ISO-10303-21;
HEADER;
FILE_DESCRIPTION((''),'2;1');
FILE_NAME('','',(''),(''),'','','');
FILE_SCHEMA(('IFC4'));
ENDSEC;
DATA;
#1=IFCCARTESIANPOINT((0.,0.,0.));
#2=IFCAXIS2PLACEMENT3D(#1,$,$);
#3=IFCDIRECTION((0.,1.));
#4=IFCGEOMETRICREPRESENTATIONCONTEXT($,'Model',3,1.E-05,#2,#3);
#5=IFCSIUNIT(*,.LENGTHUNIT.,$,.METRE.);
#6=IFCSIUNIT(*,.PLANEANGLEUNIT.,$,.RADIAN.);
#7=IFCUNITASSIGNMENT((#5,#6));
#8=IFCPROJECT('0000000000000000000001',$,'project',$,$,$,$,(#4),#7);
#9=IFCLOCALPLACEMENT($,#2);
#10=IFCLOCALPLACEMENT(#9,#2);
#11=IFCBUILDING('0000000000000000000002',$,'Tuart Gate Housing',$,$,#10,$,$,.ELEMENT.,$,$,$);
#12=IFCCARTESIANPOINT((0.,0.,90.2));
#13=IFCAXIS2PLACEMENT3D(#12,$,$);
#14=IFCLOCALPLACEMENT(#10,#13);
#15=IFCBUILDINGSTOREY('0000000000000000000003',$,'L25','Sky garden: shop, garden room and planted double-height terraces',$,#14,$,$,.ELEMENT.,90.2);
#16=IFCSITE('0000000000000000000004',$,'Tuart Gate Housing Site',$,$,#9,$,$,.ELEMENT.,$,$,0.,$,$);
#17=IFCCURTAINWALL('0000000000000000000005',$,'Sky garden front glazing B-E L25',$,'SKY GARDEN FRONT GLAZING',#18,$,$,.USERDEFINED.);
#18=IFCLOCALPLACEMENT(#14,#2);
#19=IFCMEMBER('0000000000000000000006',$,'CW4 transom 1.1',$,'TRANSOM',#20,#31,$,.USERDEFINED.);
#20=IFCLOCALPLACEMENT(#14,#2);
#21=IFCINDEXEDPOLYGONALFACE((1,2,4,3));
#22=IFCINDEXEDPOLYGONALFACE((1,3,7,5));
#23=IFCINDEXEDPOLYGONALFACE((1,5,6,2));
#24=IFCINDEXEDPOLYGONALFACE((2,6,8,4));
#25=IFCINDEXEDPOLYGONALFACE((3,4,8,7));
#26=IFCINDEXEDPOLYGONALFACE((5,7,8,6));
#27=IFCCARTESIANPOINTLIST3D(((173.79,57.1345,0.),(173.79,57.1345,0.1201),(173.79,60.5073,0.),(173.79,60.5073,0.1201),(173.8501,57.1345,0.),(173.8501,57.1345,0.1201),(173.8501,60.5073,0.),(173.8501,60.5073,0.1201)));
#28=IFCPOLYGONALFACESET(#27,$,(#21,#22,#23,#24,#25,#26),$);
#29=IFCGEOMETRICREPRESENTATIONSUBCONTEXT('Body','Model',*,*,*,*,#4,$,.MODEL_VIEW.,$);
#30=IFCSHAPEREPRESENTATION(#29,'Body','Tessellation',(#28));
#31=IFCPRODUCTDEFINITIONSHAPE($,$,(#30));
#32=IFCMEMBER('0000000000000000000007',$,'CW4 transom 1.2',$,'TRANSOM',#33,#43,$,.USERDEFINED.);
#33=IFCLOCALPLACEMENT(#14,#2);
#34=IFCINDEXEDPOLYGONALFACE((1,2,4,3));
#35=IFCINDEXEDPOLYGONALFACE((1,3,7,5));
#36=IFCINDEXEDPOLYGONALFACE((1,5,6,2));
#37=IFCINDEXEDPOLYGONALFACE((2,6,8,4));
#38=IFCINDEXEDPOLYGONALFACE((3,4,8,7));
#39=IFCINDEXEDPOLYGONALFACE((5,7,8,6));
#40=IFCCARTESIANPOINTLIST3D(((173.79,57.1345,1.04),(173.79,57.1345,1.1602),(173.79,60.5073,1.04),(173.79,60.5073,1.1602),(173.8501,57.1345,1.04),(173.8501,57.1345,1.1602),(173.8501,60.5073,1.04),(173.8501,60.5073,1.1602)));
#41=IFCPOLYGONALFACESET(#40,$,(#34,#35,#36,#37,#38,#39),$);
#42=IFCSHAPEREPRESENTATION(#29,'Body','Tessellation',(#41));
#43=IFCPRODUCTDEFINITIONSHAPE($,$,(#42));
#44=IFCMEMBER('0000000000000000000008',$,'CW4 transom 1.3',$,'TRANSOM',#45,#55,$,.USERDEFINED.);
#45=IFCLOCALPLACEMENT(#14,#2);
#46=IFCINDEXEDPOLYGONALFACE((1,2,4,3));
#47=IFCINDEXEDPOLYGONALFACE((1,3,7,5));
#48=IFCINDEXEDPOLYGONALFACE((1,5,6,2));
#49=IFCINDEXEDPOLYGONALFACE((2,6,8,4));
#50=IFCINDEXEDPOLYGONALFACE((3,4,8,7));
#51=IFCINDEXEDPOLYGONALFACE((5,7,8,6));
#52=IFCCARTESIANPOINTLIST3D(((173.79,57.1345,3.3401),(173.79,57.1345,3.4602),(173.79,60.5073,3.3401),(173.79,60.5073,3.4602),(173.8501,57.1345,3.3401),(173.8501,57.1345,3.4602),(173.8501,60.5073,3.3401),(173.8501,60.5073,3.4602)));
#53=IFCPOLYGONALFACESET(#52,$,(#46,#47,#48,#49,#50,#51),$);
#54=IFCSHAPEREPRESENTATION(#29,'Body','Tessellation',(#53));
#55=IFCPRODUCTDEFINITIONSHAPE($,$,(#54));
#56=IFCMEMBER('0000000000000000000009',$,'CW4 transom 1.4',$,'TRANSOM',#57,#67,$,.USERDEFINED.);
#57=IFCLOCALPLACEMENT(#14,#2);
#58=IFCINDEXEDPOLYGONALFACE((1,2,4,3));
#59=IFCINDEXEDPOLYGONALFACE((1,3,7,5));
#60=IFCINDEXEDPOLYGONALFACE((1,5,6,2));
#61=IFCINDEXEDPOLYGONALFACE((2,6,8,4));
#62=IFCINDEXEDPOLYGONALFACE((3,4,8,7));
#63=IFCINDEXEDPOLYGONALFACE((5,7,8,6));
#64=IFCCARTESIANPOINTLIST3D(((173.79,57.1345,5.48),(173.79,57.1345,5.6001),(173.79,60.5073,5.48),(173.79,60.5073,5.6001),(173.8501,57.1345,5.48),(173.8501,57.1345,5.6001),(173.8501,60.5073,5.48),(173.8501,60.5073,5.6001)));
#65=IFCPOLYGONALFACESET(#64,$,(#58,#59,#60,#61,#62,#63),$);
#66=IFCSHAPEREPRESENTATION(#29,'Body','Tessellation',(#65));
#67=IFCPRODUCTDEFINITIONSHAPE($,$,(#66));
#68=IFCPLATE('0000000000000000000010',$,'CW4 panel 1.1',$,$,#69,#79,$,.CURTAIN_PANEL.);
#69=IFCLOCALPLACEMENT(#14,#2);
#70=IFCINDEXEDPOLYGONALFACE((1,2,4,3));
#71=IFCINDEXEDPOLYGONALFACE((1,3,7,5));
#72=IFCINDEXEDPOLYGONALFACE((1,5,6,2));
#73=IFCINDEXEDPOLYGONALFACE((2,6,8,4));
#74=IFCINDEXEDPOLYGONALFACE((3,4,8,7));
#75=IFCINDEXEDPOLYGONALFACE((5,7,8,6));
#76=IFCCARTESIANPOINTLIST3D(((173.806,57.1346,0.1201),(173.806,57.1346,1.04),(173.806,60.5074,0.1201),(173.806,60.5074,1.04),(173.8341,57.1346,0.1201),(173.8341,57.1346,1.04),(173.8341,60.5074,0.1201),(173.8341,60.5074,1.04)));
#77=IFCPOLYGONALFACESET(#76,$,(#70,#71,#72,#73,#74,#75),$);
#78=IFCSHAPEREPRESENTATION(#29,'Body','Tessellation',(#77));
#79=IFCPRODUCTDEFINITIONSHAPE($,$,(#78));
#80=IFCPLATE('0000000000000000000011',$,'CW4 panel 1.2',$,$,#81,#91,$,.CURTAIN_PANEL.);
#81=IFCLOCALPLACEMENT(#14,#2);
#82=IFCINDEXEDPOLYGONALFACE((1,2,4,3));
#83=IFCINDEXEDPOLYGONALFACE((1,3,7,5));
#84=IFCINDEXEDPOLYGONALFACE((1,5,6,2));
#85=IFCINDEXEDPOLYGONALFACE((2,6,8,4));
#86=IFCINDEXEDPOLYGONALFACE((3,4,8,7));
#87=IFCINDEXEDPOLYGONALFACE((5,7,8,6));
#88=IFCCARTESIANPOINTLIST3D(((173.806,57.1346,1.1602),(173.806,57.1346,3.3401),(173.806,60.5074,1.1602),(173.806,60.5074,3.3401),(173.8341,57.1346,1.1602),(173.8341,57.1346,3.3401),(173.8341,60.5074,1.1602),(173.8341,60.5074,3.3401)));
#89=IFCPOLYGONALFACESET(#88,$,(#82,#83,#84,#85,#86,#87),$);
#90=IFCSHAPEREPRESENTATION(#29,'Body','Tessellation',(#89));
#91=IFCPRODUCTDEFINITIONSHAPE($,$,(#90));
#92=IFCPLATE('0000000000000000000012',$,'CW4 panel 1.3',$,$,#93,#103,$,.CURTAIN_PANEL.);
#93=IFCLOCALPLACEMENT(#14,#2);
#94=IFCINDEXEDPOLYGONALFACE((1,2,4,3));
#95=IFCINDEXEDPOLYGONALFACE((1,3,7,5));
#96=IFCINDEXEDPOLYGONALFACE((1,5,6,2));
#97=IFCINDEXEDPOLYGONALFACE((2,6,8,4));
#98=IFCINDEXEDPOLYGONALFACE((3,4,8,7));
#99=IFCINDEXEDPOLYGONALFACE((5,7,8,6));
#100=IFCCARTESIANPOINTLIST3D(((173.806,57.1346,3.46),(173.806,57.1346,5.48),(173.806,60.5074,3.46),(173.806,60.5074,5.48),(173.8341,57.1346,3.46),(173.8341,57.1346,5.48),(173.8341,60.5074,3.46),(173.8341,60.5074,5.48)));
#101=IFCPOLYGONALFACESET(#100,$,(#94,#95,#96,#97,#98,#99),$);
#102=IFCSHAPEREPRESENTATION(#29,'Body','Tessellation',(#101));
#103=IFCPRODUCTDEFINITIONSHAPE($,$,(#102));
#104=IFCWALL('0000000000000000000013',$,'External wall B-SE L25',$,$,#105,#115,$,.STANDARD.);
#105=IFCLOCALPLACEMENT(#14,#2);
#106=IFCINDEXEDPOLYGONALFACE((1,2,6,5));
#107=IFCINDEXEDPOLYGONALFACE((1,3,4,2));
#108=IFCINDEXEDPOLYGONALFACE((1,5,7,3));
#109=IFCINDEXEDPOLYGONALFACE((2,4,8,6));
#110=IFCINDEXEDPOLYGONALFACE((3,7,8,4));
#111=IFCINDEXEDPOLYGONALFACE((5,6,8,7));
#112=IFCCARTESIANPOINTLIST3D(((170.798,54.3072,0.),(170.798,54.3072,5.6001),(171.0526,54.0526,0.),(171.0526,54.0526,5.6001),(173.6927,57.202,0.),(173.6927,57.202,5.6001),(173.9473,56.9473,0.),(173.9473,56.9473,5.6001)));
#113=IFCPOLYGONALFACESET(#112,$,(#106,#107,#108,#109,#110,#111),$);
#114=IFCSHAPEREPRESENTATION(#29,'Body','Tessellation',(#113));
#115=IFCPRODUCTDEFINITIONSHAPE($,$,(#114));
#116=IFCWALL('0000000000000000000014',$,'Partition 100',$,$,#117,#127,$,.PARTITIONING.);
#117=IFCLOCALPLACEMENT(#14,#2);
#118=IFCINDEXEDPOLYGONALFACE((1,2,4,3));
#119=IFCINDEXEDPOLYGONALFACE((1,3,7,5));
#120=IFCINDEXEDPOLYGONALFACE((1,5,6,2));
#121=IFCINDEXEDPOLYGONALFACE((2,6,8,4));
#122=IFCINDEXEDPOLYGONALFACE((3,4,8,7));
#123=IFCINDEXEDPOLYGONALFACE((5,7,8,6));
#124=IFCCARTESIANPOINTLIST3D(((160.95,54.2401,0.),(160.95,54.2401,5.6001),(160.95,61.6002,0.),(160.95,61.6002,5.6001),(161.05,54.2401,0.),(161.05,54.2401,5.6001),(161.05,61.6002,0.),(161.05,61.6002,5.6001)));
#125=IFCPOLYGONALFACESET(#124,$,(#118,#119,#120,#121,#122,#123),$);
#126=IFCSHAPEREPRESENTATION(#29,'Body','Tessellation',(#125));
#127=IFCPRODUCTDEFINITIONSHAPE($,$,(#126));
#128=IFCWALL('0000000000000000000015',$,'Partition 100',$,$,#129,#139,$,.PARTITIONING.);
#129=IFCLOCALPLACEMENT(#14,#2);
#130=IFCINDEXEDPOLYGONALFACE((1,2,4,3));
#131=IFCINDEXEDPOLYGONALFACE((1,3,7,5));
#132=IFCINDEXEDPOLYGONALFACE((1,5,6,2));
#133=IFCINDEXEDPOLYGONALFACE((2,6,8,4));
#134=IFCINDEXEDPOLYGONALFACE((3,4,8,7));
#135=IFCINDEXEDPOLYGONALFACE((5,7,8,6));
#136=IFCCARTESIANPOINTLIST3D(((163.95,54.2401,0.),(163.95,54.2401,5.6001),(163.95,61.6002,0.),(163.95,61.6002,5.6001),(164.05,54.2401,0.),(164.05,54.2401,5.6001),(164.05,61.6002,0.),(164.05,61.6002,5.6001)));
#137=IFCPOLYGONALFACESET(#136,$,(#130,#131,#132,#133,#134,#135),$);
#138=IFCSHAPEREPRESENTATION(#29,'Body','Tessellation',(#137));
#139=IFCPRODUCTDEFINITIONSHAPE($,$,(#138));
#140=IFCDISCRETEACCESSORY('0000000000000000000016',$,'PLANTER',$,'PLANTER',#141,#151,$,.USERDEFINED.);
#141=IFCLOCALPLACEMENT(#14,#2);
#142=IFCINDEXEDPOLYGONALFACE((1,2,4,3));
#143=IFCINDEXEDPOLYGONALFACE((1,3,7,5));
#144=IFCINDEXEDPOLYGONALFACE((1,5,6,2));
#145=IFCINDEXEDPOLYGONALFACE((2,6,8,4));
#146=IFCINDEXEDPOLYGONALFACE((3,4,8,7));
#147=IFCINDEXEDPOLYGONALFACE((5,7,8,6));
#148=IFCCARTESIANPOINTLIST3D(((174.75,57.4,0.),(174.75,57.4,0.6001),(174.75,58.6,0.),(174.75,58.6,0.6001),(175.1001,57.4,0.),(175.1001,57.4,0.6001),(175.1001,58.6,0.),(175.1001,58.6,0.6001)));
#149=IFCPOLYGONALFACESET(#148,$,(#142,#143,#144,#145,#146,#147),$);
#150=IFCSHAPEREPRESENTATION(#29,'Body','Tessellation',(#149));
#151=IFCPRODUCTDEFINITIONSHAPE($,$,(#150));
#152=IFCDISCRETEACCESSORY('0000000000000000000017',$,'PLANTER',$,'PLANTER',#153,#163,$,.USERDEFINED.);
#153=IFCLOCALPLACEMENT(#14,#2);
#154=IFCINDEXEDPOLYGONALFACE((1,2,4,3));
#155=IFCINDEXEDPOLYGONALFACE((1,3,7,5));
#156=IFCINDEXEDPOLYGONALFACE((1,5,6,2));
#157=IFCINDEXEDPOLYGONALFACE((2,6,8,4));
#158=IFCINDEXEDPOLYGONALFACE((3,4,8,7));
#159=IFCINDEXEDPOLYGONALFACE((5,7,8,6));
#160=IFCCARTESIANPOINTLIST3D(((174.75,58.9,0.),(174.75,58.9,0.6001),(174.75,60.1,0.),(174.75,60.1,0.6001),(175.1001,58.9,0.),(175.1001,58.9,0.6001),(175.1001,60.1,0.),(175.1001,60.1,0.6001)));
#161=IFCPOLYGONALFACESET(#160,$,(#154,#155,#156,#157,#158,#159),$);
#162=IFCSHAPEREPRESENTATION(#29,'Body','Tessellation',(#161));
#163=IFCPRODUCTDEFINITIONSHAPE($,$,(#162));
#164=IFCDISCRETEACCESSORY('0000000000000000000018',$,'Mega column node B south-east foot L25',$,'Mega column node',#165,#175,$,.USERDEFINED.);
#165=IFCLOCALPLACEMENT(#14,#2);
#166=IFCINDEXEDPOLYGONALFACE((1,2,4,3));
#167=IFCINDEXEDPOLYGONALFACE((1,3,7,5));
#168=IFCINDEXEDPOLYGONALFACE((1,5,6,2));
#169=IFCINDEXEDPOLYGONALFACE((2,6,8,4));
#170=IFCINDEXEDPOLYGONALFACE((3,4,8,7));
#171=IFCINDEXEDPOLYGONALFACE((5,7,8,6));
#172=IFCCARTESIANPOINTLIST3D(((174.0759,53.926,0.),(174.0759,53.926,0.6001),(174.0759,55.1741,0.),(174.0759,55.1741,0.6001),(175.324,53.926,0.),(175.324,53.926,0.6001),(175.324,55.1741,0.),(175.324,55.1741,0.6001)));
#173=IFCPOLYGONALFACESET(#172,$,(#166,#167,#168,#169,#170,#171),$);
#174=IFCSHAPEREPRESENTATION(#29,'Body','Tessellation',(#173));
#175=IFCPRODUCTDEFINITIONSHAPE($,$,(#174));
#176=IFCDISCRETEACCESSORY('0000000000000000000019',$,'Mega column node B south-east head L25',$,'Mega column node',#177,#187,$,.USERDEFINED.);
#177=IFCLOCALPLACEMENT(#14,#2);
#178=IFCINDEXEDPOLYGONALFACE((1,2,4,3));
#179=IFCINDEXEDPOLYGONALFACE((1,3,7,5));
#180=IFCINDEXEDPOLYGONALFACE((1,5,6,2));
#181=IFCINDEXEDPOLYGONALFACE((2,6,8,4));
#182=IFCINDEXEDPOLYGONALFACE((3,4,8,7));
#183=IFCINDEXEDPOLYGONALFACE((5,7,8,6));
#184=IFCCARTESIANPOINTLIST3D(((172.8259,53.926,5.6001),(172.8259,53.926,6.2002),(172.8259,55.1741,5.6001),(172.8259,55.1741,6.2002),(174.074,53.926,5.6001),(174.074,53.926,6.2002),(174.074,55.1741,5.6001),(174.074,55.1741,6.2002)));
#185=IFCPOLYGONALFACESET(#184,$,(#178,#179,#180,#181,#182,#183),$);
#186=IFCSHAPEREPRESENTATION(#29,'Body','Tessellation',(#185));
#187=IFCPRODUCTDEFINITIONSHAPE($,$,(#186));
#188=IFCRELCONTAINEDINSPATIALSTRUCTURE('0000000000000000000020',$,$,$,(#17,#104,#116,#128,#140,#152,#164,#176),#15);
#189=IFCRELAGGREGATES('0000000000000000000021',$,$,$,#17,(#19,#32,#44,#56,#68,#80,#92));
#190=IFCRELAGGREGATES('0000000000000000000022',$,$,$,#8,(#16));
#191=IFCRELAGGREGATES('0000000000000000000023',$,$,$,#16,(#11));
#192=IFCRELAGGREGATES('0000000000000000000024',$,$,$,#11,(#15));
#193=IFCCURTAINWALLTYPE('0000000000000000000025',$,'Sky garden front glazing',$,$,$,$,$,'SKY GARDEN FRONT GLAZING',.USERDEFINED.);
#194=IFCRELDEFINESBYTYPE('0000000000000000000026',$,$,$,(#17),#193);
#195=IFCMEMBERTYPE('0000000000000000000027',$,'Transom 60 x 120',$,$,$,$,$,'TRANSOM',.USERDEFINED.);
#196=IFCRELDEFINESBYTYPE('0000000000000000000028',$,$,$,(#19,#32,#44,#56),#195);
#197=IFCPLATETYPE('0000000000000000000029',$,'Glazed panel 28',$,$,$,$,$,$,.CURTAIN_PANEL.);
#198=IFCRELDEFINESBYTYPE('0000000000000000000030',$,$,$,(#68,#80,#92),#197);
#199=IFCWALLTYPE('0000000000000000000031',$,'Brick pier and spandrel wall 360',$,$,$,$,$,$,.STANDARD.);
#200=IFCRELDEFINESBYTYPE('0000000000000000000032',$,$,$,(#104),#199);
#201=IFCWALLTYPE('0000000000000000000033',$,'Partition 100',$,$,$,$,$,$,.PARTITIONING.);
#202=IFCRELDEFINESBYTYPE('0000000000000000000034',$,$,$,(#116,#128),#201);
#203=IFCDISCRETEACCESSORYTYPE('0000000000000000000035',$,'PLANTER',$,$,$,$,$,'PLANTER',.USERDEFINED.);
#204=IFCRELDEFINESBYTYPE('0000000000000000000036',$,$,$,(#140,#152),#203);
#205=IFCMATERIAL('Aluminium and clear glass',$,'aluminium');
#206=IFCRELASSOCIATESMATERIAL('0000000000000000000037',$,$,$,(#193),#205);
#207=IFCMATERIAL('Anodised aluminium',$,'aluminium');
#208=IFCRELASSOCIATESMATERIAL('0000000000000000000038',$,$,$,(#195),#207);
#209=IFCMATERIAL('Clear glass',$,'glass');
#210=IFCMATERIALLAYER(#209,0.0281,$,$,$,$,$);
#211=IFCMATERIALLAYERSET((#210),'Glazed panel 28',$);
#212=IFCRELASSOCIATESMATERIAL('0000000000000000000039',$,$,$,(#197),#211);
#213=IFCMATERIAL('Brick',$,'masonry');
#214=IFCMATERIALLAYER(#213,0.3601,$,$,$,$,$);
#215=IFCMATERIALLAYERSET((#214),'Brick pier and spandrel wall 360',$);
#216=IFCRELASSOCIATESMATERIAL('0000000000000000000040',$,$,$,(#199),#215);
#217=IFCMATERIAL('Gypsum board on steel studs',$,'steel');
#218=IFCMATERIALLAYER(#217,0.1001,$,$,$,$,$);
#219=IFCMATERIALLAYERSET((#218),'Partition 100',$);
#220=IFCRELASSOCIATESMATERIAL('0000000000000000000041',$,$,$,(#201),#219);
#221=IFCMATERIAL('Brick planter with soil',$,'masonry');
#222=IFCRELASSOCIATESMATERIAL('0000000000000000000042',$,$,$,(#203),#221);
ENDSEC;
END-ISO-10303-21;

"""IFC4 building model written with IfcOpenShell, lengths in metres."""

from ifc_helpers import new_model, si_unit, direction, frame, frame_2d, origin, origin_2d, place, context, subcontext, project, spatial, rectangle, extrude, material, layer, layer_set, material_profile, profile_set, type_object, element, aggregate, save


model = new_model("IFC4")

# Units and contexts
model_context = context("Model", 3, precision=1e-05, world=origin(), true_north=direction((0.0, 1.0)))
body_context = subcontext(model_context, "Body", "Model", "MODEL_VIEW")
ifc_project = project(units=[si_unit("LENGTHUNIT", "METRE"), si_unit("PLANEANGLEUNIT", "RADIAN")], contexts=[model_context])

# Site, building, storey
site_placement = place(None, origin())
site = spatial("IfcSite", under=ifc_project, at=site_placement, Name="Tuart Gate Housing Site", CompositionType="ELEMENT", RefElevation=0.0)
building_placement = place(site_placement, origin())
building = spatial("IfcBuilding", under=site, at=building_placement, Name="Tuart Gate Housing", CompositionType="ELEMENT")
storey_placement = place(building_placement, frame((0.0, 0.0, 90.2)))
storey = spatial("IfcBuildingStorey", under=building, at=storey_placement, Name="L25", Description="Sky garden: shop, garden room and planted double-height terraces", CompositionType="ELEMENT", Elevation=90.2)

# Curtain wall
ifc_material_1 = material(Name="Aluminium and clear glass", Category="aluminium")
curtain_wall_type = type_object("IfcCurtainWallType", Name="Sky garden front glazing", ElementType="SKY GARDEN FRONT GLAZING", PredefinedType="USERDEFINED", material=ifc_material_1)
curtain_wall_placement = place(storey_placement, origin())
curtain_wall = element("IfcCurtainWall", 1, at=curtain_wall_placement, inside=storey, type_object=curtain_wall_type, Name="Sky garden front glazing B-E L25", ObjectType="SKY GARDEN FRONT GLAZING", PredefinedType="USERDEFINED")

# Members
ifc_material_2 = material(Name="Anodised aluminium", Category="aluminium")
ifc_material_profile_1 = material_profile(ifc_material_2, rectangle(XDim=0.0601, YDim=0.1201, at=origin_2d()), Name="60x120")
ifc_profile_set_1 = profile_set([ifc_material_profile_1], Name="Anodised aluminium")
member_type_1 = type_object("IfcMemberType", Name="Transom 60 x 120", ElementType="TRANSOM", PredefinedType="USERDEFINED", material=ifc_profile_set_1)
member_1_placement = place(storey_placement, frame((173.8201, 57.1345, 0.0601), z_axis=(0.0, 1.0, 0.0), x_axis=(-1.0, 0.0, 0.0)))
member_1 = element("IfcMember", 2, at=member_1_placement, type_object=member_type_1, Name="CW4 transom 1.1", ObjectType="TRANSOM", PredefinedType="USERDEFINED", context=body_context, shape_type="SweptSolid", body=[
    extrude(rectangle(XDim=0.0601, YDim=0.1201, at=origin_2d()), origin(), (0.0, 0.0, 1.0), 3.3728),
])
member_2_placement = place(storey_placement, frame((173.8201, 57.1345, 1.1001), z_axis=(0.0, 1.0, 0.0), x_axis=(-1.0, 0.0, 0.0)))
member_2 = element("IfcMember", 3, at=member_2_placement, type_object=member_type_1, Name="CW4 transom 1.2", ObjectType="TRANSOM", PredefinedType="USERDEFINED", context=body_context, shape_type="SweptSolid", body=[
    extrude(rectangle(XDim=0.0601, YDim=0.1201, at=origin_2d()), origin(), (0.0, 0.0, 1.0), 3.3728),
])
member_3_placement = place(storey_placement, frame((173.8201, 57.1345, 3.4001), z_axis=(0.0, 1.0, 0.0), x_axis=(-1.0, 0.0, 0.0)))
member_3 = element("IfcMember", 4, at=member_3_placement, type_object=member_type_1, Name="CW4 transom 1.3", ObjectType="TRANSOM", PredefinedType="USERDEFINED", context=body_context, shape_type="SweptSolid", body=[
    extrude(rectangle(XDim=0.0601, YDim=0.1201, at=origin_2d()), origin(), (0.0, 0.0, 1.0), 3.3728),
])
member_4_placement = place(storey_placement, frame((173.8201, 57.1345, 5.54), z_axis=(0.0, 1.0, 0.0), x_axis=(-1.0, 0.0, 0.0)))
member_4 = element("IfcMember", 5, at=member_4_placement, type_object=member_type_1, Name="CW4 transom 1.4", ObjectType="TRANSOM", PredefinedType="USERDEFINED", context=body_context, shape_type="SweptSolid", body=[
    extrude(rectangle(XDim=0.0601, YDim=0.1201, at=origin_2d()), origin(), (0.0, 0.0, 1.0), 3.3728),
])

# Plates
ifc_material_3 = material(Name="Clear glass", Category="glass")
ifc_layer_1 = layer(ifc_material_3, 0.0281)
ifc_layer_set_1 = layer_set([ifc_layer_1], Name="Glazed panel 28")
plate_type = type_object("IfcPlateType", Name="Glazed panel 28", PredefinedType="CURTAIN_PANEL", material=ifc_layer_set_1)
plate_1_placement = place(storey_placement, frame((173.8201, 58.821, 0.1201), z_axis=(0.0, 0.0, 1.0), x_axis=(0.0, 1.0, 0.0)))
plate_1 = element("IfcPlate", 6, at=plate_1_placement, type_object=plate_type, Name="CW4 panel 1.1", PredefinedType="CURTAIN_PANEL", context=body_context, shape_type="SweptSolid", body=[
    extrude(rectangle(XDim=3.3728, YDim=0.0281, at=origin_2d()), origin(), (0.0, 0.0, 1.0), 0.9199),
])
plate_2_placement = place(storey_placement, frame((173.8201, 58.821, 1.1602), z_axis=(0.0, 0.0, 1.0), x_axis=(0.0, 1.0, 0.0)))
plate_2 = element("IfcPlate", 7, at=plate_2_placement, type_object=plate_type, Name="CW4 panel 1.2", PredefinedType="CURTAIN_PANEL", context=body_context, shape_type="SweptSolid", body=[
    extrude(rectangle(XDim=3.3728, YDim=0.0281, at=origin_2d()), origin(), (0.0, 0.0, 1.0), 2.1799),
])
plate_3_placement = place(storey_placement, frame((173.8201, 58.821, 3.46), z_axis=(0.0, 0.0, 1.0), x_axis=(0.0, 1.0, 0.0)))
plate_3 = element("IfcPlate", 8, at=plate_3_placement, type_object=plate_type, Name="CW4 panel 1.3", PredefinedType="CURTAIN_PANEL", context=body_context, shape_type="SweptSolid", body=[
    extrude(rectangle(XDim=3.3728, YDim=0.0281, at=origin_2d()), origin(), (0.0, 0.0, 1.0), 2.02),
])
aggregate(curtain_wall, [member_1, member_2, member_3, member_4, plate_1, plate_2, plate_3])

# Walls
ifc_material_4 = material(Name="Brick", Category="masonry")
ifc_layer_2 = layer(ifc_material_4, 0.3601)
ifc_layer_set_2 = layer_set([ifc_layer_2], Name="Brick pier and spandrel wall 360")
wall_type_1 = type_object("IfcWallType", Name="Brick pier and spandrel wall 360", PredefinedType="STANDARD", material=ifc_layer_set_2)
wall_placement = place(storey_placement, frame((170.9253, 54.1799, 0.0), z_axis=(0.0, 0.0, 1.0), x_axis=(0.707107, 0.707107, 0.0)))
element("IfcWall", 9, at=wall_placement, inside=storey, type_object=wall_type_1, Name="External wall B-SE L25", PredefinedType="STANDARD", context=body_context, shape_type="SweptSolid", body=[
    extrude(rectangle(XDim=4.0938, YDim=0.3601, at=frame_2d((2.0469, 0.0))), origin(), (0.0, 0.0, 1.0), 5.6001),
])
ifc_material_5 = material(Name="Gypsum board on steel studs", Category="steel")
ifc_layer_3 = layer(ifc_material_5, 0.1001)
ifc_layer_set_3 = layer_set([ifc_layer_3], Name="Partition 100")
wall_type_2 = type_object("IfcWallType", Name="Partition 100", PredefinedType="PARTITIONING", material=ifc_layer_set_3)
for number, where, z_axis, x_axis, name in (
    (10, (161.0, 54.24, 0.0), (0.0, 0.0, 1.0), (0.0, 1.0, 0.0), "Partition 100"),
    (11, (164.0, 54.24, 0.0), (0.0, 0.0, 1.0), (0.0, 1.0, 0.0), "Partition 100"),
):
    element("IfcWall", number, at=place(storey_placement, frame(where, z_axis=z_axis, x_axis=x_axis)), inside=storey, type_object=wall_type_2, Name=name, PredefinedType="PARTITIONING", context=body_context, shape_type="SweptSolid", body=[
        extrude(rectangle(XDim=7.3601, YDim=0.1001, at=frame_2d((3.6802, 0.0))), origin(), (0.0, 0.0, 1.0), 5.6001),
    ])

# Discrete accessories
ifc_material_6 = material(Name="Brick planter with soil", Category="masonry")
discrete_accessory_type = type_object("IfcDiscreteAccessoryType", Name="PLANTER", ElementType="PLANTER", PredefinedType="USERDEFINED", material=ifc_material_6)
for number, where, z_axis, x_axis, name in (
    (12, (174.925, 58.0, 0.0), (0.0, 0.0, 1.0), (1.0, 0.0, 0.0), "PLANTER"),
    (13, (174.925, 59.5, 0.0), (0.0, 0.0, 1.0), (1.0, 0.0, 0.0), "PLANTER"),
):
    element("IfcDiscreteAccessory", number, at=place(storey_placement, frame(where, z_axis=z_axis, x_axis=x_axis)), inside=storey, type_object=discrete_accessory_type, Name=name, ObjectType="PLANTER", PredefinedType="USERDEFINED", context=body_context, shape_type="SweptSolid", body=[
        extrude(rectangle(XDim=0.3501, YDim=1.2, at=origin_2d()), origin(), (0.0, 0.0, 1.0), 0.6001),
    ])
for number, where, z_axis, x_axis, name in (
    (14, (174.7, 54.55, 0.0), (0.0, 0.0, 1.0), (1.0, 0.0, 0.0), "Mega column node B south-east foot L25"),
    (15, (173.45, 54.55, 5.6001), (0.0, 0.0, 1.0), (1.0, 0.0, 0.0), "Mega column node B south-east head L25"),
):
    element("IfcDiscreteAccessory", number, at=place(storey_placement, frame(where, z_axis=z_axis, x_axis=x_axis)), inside=storey, Name=name, ObjectType="Mega column node", PredefinedType="USERDEFINED", context=body_context, shape_type="SweptSolid", body=[
        extrude(rectangle(XDim=1.248, YDim=1.248, at=origin_2d()), origin(), (0.0, 0.0, 1.0), 0.6001),
    ])

save(model, "model.ifc")
